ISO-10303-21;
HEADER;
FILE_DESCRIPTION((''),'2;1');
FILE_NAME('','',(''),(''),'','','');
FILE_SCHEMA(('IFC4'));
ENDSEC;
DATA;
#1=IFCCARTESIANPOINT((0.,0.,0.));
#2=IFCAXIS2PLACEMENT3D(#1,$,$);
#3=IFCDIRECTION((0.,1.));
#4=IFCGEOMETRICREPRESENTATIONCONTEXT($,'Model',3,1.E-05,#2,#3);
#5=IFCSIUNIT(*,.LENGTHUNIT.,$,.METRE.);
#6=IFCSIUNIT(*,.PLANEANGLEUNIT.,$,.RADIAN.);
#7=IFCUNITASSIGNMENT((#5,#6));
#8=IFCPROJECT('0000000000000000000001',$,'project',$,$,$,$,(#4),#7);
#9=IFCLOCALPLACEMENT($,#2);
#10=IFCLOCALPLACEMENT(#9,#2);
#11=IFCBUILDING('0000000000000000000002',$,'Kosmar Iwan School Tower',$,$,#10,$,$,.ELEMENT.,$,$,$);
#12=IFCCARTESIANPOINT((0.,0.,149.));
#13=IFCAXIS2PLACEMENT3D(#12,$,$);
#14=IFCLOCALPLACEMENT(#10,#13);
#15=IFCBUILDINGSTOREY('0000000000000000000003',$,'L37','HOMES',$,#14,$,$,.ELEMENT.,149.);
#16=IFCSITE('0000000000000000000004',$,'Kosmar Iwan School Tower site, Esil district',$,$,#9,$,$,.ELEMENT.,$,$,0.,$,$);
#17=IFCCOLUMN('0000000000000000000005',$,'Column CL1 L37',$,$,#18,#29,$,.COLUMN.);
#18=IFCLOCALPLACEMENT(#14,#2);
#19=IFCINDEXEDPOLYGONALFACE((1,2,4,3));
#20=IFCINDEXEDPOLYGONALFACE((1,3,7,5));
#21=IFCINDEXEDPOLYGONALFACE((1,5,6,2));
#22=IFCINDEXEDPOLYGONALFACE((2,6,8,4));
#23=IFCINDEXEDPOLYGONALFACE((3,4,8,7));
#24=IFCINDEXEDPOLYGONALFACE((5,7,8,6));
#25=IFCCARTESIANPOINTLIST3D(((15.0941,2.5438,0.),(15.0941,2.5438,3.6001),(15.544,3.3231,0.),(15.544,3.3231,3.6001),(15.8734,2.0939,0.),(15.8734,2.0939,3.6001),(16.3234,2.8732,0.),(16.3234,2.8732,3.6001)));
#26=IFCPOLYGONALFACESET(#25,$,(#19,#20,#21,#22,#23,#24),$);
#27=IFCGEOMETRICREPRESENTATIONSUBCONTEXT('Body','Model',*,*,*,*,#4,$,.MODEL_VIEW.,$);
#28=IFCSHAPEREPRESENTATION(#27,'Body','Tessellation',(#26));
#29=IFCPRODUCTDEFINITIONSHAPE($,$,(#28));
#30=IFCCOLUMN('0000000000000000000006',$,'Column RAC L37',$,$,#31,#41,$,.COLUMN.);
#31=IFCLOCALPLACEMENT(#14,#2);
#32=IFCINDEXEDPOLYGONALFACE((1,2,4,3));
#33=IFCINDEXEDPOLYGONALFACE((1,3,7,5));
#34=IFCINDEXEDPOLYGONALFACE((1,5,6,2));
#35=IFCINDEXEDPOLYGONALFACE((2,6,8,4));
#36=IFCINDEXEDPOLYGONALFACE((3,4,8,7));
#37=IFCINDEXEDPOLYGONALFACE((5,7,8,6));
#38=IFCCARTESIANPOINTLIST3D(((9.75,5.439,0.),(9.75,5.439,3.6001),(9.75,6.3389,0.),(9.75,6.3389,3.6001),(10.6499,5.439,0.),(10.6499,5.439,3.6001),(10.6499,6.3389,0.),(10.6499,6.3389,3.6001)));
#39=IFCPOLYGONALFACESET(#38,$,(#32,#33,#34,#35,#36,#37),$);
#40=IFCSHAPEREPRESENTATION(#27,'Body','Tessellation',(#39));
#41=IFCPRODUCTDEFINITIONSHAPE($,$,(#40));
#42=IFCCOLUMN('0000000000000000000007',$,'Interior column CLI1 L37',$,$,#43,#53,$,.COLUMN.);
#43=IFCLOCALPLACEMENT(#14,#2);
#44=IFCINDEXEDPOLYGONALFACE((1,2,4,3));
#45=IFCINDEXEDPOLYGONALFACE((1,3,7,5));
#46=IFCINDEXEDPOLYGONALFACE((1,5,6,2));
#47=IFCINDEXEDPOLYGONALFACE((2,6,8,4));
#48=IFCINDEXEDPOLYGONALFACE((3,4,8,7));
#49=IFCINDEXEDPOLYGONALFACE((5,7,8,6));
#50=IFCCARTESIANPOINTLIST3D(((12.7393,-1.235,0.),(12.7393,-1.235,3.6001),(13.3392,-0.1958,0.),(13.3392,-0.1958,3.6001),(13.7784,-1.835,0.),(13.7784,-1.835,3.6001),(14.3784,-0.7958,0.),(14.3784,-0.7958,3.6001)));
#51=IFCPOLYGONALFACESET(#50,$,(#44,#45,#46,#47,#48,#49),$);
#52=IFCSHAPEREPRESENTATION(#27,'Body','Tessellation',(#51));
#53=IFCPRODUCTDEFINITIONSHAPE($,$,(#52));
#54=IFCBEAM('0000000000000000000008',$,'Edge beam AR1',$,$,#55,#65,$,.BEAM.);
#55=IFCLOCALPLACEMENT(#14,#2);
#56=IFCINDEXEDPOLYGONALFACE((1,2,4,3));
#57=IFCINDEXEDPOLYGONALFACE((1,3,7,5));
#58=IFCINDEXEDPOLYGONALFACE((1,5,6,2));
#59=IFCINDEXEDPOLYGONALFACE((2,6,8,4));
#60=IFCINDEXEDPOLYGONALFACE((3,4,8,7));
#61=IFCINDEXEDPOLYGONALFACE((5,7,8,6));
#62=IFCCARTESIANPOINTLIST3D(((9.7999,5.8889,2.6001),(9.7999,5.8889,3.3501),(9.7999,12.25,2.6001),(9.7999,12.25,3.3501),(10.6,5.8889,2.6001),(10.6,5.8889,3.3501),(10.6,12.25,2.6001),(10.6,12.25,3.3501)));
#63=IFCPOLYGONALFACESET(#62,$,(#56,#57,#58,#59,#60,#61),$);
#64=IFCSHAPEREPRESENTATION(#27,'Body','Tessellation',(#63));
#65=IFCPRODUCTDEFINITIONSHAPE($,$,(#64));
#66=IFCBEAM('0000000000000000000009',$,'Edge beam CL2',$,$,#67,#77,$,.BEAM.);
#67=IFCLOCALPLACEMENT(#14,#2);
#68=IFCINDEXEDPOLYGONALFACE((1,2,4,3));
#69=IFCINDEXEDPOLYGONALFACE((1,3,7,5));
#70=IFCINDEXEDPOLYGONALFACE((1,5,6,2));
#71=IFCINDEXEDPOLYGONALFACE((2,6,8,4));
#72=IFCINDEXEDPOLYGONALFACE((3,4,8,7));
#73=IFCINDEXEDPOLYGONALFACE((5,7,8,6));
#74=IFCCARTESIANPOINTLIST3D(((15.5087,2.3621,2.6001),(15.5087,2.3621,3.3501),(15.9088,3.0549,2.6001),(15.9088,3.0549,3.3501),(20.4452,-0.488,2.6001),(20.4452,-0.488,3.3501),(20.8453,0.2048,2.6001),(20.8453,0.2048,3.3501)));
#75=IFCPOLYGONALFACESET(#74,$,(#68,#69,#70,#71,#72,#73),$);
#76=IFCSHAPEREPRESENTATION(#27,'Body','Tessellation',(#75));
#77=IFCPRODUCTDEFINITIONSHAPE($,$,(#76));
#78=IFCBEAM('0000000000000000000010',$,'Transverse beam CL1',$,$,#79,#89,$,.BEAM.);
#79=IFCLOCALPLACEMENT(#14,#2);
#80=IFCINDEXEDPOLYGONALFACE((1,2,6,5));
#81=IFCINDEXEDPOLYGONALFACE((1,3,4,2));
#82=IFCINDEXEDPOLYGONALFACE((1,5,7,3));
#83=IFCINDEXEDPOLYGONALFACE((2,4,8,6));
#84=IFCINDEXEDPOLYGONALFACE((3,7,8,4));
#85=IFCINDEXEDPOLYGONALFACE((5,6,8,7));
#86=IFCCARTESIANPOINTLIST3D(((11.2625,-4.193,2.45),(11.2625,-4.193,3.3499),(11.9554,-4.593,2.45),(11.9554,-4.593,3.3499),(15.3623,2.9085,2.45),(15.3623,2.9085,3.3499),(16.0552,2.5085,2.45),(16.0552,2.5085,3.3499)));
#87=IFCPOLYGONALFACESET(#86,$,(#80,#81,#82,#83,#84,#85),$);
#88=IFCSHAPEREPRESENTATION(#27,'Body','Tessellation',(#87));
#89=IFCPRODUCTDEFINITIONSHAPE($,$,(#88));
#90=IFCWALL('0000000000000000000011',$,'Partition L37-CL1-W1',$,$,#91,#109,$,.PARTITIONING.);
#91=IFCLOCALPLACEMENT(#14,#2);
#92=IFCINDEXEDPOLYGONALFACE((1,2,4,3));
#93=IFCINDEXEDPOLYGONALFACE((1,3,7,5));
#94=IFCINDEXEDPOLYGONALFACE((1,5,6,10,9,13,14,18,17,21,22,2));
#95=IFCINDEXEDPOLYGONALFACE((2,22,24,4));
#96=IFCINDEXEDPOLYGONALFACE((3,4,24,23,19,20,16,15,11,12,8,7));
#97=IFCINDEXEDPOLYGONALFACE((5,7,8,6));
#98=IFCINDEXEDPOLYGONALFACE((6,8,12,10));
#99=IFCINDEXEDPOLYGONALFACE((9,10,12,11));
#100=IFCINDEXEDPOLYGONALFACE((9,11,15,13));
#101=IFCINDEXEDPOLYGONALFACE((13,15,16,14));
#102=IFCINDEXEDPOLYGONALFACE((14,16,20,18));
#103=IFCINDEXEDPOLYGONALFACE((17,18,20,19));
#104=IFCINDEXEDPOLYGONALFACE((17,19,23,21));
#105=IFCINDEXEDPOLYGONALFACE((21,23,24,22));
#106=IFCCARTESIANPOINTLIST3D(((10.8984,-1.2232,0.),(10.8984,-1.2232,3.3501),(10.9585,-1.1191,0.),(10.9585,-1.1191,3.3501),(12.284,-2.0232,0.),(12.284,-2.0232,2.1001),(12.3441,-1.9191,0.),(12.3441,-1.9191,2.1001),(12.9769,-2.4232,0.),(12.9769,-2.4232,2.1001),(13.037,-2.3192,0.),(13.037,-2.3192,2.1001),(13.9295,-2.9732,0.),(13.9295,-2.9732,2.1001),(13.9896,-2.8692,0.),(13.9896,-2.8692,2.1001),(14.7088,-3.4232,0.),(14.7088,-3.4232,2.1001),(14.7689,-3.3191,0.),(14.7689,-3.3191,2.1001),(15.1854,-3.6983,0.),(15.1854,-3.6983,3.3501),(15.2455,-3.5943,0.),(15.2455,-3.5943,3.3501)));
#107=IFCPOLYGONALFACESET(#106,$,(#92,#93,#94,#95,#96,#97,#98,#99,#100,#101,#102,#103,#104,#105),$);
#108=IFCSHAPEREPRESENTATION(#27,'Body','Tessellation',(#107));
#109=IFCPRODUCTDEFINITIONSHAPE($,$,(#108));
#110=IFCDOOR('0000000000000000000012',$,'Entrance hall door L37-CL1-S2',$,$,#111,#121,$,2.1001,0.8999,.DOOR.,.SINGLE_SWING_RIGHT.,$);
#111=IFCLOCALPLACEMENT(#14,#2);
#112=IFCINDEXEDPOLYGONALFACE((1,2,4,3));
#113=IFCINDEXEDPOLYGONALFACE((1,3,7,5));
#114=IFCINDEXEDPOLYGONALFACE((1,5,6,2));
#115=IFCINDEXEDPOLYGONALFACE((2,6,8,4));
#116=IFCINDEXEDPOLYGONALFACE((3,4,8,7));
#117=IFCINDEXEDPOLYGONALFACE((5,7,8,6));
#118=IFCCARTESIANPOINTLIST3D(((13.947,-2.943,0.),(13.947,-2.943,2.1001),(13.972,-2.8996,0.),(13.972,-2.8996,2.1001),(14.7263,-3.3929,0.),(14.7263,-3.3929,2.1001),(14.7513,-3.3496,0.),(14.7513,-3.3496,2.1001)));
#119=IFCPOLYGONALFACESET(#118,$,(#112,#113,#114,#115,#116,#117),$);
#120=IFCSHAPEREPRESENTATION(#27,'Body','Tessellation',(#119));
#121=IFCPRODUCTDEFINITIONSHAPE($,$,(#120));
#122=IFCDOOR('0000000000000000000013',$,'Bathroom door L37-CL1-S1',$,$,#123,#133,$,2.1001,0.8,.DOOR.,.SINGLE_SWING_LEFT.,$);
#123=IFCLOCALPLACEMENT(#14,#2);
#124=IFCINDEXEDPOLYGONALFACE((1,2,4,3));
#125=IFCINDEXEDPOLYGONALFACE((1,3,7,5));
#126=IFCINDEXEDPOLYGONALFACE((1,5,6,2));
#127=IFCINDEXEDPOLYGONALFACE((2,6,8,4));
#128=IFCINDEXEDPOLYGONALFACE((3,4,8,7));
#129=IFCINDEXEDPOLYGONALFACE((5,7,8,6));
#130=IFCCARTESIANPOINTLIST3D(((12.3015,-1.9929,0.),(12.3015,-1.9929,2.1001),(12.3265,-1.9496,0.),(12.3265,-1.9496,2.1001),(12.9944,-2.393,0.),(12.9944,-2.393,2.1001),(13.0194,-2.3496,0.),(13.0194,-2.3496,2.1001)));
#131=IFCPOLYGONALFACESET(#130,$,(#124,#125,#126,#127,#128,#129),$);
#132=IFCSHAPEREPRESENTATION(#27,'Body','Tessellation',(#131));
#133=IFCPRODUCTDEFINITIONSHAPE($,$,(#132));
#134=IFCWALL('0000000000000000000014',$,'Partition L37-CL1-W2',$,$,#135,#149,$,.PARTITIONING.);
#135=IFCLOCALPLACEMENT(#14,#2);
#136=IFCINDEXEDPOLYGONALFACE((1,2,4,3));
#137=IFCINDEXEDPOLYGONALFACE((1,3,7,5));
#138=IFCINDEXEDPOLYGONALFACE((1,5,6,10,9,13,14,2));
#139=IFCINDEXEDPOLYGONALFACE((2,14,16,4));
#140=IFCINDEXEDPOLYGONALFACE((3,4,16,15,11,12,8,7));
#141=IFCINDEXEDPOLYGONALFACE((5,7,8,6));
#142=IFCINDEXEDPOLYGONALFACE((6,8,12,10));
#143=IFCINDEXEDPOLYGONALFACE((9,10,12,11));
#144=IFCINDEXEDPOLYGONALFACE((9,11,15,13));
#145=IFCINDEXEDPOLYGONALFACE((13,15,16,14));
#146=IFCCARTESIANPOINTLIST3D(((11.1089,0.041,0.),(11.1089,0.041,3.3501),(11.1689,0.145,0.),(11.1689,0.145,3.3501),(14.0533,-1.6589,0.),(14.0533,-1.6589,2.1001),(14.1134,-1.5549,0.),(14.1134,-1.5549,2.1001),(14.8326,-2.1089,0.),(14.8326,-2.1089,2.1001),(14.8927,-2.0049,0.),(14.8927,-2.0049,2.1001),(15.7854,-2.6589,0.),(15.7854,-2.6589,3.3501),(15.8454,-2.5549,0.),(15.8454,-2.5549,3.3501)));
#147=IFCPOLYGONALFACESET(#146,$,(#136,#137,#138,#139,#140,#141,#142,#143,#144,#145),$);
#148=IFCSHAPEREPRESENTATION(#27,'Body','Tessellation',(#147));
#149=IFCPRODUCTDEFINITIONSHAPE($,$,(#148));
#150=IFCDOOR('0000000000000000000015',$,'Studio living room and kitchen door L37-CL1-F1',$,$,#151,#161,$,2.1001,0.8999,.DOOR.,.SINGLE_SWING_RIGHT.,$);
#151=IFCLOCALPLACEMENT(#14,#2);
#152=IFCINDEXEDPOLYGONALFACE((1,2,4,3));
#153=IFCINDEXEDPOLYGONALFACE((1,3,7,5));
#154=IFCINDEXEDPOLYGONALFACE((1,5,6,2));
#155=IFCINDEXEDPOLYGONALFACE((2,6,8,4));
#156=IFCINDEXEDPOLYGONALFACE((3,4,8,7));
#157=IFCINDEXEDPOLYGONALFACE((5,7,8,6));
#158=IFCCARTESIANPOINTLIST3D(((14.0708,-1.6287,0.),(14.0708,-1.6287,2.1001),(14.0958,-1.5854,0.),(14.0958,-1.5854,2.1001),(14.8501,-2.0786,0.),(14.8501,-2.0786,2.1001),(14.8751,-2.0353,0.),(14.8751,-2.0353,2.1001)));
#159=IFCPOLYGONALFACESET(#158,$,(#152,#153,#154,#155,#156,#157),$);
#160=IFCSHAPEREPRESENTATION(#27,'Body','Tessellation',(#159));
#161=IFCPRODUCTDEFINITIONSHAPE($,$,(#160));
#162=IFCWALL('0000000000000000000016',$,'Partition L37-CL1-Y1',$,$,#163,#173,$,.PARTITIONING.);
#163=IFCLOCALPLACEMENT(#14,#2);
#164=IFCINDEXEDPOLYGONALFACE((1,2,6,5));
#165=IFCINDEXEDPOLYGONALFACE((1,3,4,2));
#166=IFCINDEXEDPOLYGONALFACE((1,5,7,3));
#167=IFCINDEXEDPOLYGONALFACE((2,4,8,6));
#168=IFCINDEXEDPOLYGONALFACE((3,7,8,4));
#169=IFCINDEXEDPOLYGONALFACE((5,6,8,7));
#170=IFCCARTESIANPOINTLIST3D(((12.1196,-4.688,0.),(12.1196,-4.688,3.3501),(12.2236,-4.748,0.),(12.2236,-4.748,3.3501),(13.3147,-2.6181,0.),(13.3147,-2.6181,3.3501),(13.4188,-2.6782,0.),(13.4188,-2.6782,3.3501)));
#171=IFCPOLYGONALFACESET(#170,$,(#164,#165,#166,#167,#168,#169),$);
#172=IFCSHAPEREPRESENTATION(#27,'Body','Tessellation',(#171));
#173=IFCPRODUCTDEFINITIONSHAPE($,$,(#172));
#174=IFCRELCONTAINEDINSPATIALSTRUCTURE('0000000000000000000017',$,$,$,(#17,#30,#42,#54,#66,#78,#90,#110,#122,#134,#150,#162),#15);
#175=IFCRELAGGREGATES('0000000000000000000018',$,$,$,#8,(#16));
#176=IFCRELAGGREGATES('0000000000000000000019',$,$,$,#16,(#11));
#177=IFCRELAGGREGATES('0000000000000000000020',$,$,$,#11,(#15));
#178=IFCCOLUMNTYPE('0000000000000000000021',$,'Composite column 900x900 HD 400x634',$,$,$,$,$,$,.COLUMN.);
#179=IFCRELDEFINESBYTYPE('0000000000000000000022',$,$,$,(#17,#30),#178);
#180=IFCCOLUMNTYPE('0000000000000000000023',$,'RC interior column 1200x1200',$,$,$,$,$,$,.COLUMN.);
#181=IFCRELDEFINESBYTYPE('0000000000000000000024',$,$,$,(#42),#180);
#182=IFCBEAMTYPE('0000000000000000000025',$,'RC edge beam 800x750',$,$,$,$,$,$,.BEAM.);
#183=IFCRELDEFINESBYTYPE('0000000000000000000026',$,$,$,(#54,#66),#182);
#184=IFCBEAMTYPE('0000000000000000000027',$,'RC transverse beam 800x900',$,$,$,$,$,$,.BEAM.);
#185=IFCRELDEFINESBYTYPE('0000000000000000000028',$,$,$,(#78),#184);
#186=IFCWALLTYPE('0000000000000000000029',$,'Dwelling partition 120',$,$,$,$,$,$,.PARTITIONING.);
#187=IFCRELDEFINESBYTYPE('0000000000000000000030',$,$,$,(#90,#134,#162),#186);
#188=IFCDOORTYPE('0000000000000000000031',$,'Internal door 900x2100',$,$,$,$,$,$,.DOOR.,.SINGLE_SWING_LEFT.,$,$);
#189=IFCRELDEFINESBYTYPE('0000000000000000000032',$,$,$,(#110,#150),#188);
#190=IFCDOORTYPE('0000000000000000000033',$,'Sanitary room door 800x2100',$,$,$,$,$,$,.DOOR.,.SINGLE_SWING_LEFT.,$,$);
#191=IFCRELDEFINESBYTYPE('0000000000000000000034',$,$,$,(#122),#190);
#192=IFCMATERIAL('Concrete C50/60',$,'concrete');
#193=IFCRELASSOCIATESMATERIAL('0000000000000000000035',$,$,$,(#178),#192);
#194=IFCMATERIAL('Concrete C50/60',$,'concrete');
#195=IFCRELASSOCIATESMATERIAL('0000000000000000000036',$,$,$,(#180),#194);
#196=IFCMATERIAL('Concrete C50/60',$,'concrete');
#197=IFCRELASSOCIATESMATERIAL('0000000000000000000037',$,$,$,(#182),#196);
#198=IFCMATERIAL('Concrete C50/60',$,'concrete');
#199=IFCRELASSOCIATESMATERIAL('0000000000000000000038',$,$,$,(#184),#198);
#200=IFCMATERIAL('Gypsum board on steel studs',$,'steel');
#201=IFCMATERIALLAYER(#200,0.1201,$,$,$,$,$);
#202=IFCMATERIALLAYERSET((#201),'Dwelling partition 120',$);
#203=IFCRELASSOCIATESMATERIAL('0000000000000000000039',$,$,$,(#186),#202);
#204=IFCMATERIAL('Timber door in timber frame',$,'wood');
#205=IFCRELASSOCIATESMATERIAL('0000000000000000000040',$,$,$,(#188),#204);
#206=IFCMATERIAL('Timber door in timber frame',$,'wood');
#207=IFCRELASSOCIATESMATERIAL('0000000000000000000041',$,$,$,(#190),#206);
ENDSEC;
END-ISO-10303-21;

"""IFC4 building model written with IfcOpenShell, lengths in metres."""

from ifc_helpers import new_model, si_unit, direction, frame, frame_2d, origin, origin_2d, place, context, subcontext, project, spatial, rectangle, extrude, material, layer, layer_set, material_profile, profile_set, type_object, element, fill, save


model = new_model("IFC4")

# Units and contexts
model_context = context("Model", 3, precision=1e-05, world=origin(), true_north=direction((0.0, 1.0)))
body_context = subcontext(model_context, "Body", "Model", "MODEL_VIEW")
ifc_project = project(units=[si_unit("LENGTHUNIT", "METRE"), si_unit("PLANEANGLEUNIT", "RADIAN")], contexts=[model_context])

# Site, building, storey
site_placement = place(None, origin())
site = spatial("IfcSite", under=ifc_project, at=site_placement, Name="Kosmar Iwan School Tower site, Esil district", CompositionType="ELEMENT", RefElevation=0.0)
building_placement = place(site_placement, origin())
building = spatial("IfcBuilding", under=site, at=building_placement, Name="Kosmar Iwan School Tower", CompositionType="ELEMENT")
storey_placement = place(building_placement, frame((0.0, 0.0, 149.0)))
storey = spatial("IfcBuildingStorey", under=building, at=storey_placement, Name="L37", Description="HOMES", CompositionType="ELEMENT", Elevation=149.0)

# Columns
ifc_material_1 = material(Name="Concrete C50/60", Category="concrete")
ifc_material_profile_1 = material_profile(ifc_material_1, rectangle(XDim=0.8999, YDim=0.8999, at=origin_2d()), Name="RC 900x900 + HD 400x634")
ifc_profile_set_1 = profile_set([ifc_material_profile_1], Name="Concrete C50/60")
column_type_1 = type_object("IfcColumnType", Name="Composite column 900x900 HD 400x634", PredefinedType="COLUMN", material=ifc_profile_set_1)
for number, where, z_axis, x_axis, name in (
    (1, (15.7087, 2.7085, 0.0), (0.0, 0.0, 1.0), (0.866025, -0.5, 0.0), "Column CL1 L37"),
    (2, (10.2, 5.8889, 0.0), (0.0, 0.0, 1.0), (1.0, 0.0, 0.0), "Column RAC L37"),
):
    element("IfcColumn", number, at=place(storey_placement, frame(where, z_axis=z_axis, x_axis=x_axis)), inside=storey, type_object=column_type_1, Name=name, PredefinedType="COLUMN", context=body_context, shape_type="SweptSolid", body=[
        extrude(rectangle(XDim=0.8999, YDim=0.8999, at=origin_2d()), origin(), (0.0, 0.0, 1.0), 3.6001),
    ])
ifc_material_2 = material(Name="Concrete C50/60", Category="concrete")
ifc_material_profile_2 = material_profile(ifc_material_2, rectangle(XDim=1.2, YDim=1.2, at=origin_2d()), Name="RC 1200x1200")
ifc_profile_set_2 = profile_set([ifc_material_profile_2], Name="Concrete C50/60")
column_type_2 = type_object("IfcColumnType", Name="RC interior column 1200x1200", PredefinedType="COLUMN", material=ifc_profile_set_2)
column_placement = place(storey_placement, frame((13.5588, -1.0154, 0.0), z_axis=(0.0, 0.0, 1.0), x_axis=(0.866025, -0.5, 0.0)))
element("IfcColumn", 3, at=column_placement, inside=storey, type_object=column_type_2, Name="Interior column CLI1 L37", PredefinedType="COLUMN", context=body_context, shape_type="SweptSolid", body=[
    extrude(rectangle(XDim=1.2, YDim=1.2, at=origin_2d()), origin(), (0.0, 0.0, 1.0), 3.6001),
])

# Beams
ifc_material_3 = material(Name="Concrete C50/60", Category="concrete")
ifc_material_profile_3 = material_profile(ifc_material_3, rectangle(XDim=0.8, YDim=0.75, at=origin_2d()), Name="RC 800x750")
ifc_profile_set_3 = profile_set([ifc_material_profile_3], Name="Concrete C50/60")
beam_type_1 = type_object("IfcBeamType", Name="RC edge beam 800x750", PredefinedType="BEAM", material=ifc_profile_set_3)
beam_1_placement = place(storey_placement, frame((10.2, 5.8889, 2.9751), z_axis=(0.0, 1.0, 0.0), x_axis=(-1.0, 0.0, 0.0)))
element("IfcBeam", 4, at=beam_1_placement, inside=storey, type_object=beam_type_1, Name="Edge beam AR1", PredefinedType="BEAM", context=body_context, shape_type="SweptSolid", body=[
    extrude(rectangle(XDim=0.8, YDim=0.75, at=origin_2d()), origin(), (0.0, 0.0, 1.0), 6.3611),
])
beam_2_placement = place(storey_placement, frame((15.7087, 2.7085, 2.9751), z_axis=(0.866026, -0.499999, 0.0), x_axis=(0.499999, 0.866026, 0.0)))
element("IfcBeam", 5, at=beam_2_placement, inside=storey, type_object=beam_type_1, Name="Edge beam CL2", PredefinedType="BEAM", context=body_context, shape_type="SweptSolid", body=[
    extrude(rectangle(XDim=0.8, YDim=0.75, at=origin_2d()), origin(), (0.0, 0.0, 1.0), 5.7002),
])
ifc_material_4 = material(Name="Concrete C50/60", Category="concrete")
ifc_material_profile_4 = material_profile(ifc_material_4, rectangle(XDim=0.8, YDim=0.8999, at=origin_2d()), Name="RC 800x900")
ifc_profile_set_4 = profile_set([ifc_material_profile_4], Name="Concrete C50/60")
beam_type_2 = type_object("IfcBeamType", Name="RC transverse beam 800x900", PredefinedType="BEAM", material=ifc_profile_set_4)
beam_3_placement = place(storey_placement, frame((15.7087, 2.7085, 2.8999), z_axis=(-0.499978, -0.866038, 0.0), x_axis=(0.866038, -0.499978, 0.0)))
element("IfcBeam", 6, at=beam_3_placement, inside=storey, type_object=beam_type_2, Name="Transverse beam CL1", PredefinedType="BEAM", context=body_context, shape_type="SweptSolid", body=[
    extrude(rectangle(XDim=0.8, YDim=0.8999, at=origin_2d()), origin(), (0.0, 0.0, 1.0), 8.2),
])

# Wall, openings, doors
ifc_material_5 = material(Name="Gypsum board on steel studs", Category="steel")
ifc_layer_1 = layer(ifc_material_5, 0.1201)
ifc_layer_set_1 = layer_set([ifc_layer_1], Name="Dwelling partition 120")
wall_type_1 = type_object("IfcWallType", Name="Dwelling partition 120", PredefinedType="PARTITIONING", material=ifc_layer_set_1)
wall_1_placement = place(storey_placement, frame((10.9285, -1.1711, 0.0), z_axis=(0.0, 0.0, 1.0), x_axis=(0.866019, -0.500011, 0.0)))
wall_1 = element("IfcWall", 7, at=wall_1_placement, inside=storey, type_object=wall_type_1, Name="Partition L37-CL1-W1", PredefinedType="PARTITIONING", context=body_context, shape_type="SweptSolid", body=[
    extrude(rectangle(XDim=4.9502, YDim=0.1201, at=frame_2d((2.4751, 0.0))), origin(), (0.0, 0.0, 1.0), 3.3501),
])
opening_1_placement = place(wall_1_placement, frame((1.6001, 0.0, 0.0)))
opening_1 = element("IfcOpeningElement", 8, at=opening_1_placement, cuts=wall_1, PredefinedType="OPENING", context=body_context, shape_type="SweptSolid", body=[
    extrude(rectangle(XDim=0.8, YDim=2.1001, at=frame_2d((0.3999, 1.05))), frame((0.0, 0.072, 0.0), z_axis=(0.0, -1.0, 0.0), x_axis=(1.0, 0.0, 0.0)), (0.0, 0.0, 1.0), 0.144),
])
opening_2_placement = place(wall_1_placement, frame((3.5, 0.0, 0.0)))
opening_2 = element("IfcOpeningElement", 9, at=opening_2_placement, cuts=wall_1, PredefinedType="OPENING", context=body_context, shape_type="SweptSolid", body=[
    extrude(rectangle(XDim=0.8999, YDim=2.1001, at=frame_2d((0.45, 1.05))), frame((0.0, 0.072, 0.0), z_axis=(0.0, -1.0, 0.0), x_axis=(1.0, 0.0, 0.0)), (0.0, 0.0, 1.0), 0.144),
])
ifc_material_6 = material(Name="Timber door in timber frame", Category="wood")
door_type_1 = type_object("IfcDoorType", Name="Internal door 900x2100", OperationType="SINGLE_SWING_LEFT", PredefinedType="DOOR", material=ifc_material_6)
door_1_placement = place(opening_2_placement, origin())
door_1 = element("IfcDoor", 10, at=door_1_placement, inside=storey, type_object=door_type_1, Name="Entrance hall door L37-CL1-S2", OperationType="SINGLE_SWING_RIGHT", OverallHeight=2.1001, OverallWidth=0.8999, PredefinedType="DOOR", context=body_context, shape_type="SweptSolid", body=[
    extrude(rectangle(XDim=0.8999, YDim=2.1001, at=frame_2d((0.45, 1.05))), frame((0.0, 0.0249, 0.0), z_axis=(0.0, -1.0, 0.0), x_axis=(1.0, 0.0, 0.0)), (0.0, 0.0, 1.0), 0.05),
])
fill(opening_2, door_1)
ifc_material_7 = material(Name="Timber door in timber frame", Category="wood")
door_type_2 = type_object("IfcDoorType", Name="Sanitary room door 800x2100", OperationType="SINGLE_SWING_LEFT", PredefinedType="DOOR", material=ifc_material_7)
door_2_placement = place(opening_1_placement, origin())
door_2 = element("IfcDoor", 11, at=door_2_placement, inside=storey, type_object=door_type_2, Name="Bathroom door L37-CL1-S1", OperationType="SINGLE_SWING_LEFT", OverallHeight=2.1001, OverallWidth=0.8, PredefinedType="DOOR", context=body_context, shape_type="SweptSolid", body=[
    extrude(rectangle(XDim=0.8, YDim=2.1001, at=frame_2d((0.3999, 1.05))), frame((0.0, 0.0249, 0.0), z_axis=(0.0, -1.0, 0.0), x_axis=(1.0, 0.0, 0.0)), (0.0, 0.0, 1.0), 0.05),
])
fill(opening_1, door_2)

# Wall, opening, door
wall_2_placement = place(storey_placement, frame((11.1389, 0.093, 0.0), z_axis=(0.0, 0.0, 1.0), x_axis=(0.866028, -0.499995, 0.0)))
wall_2 = element("IfcWall", 12, at=wall_2_placement, inside=storey, type_object=wall_type_1, Name="Partition L37-CL1-W2", PredefinedType="PARTITIONING", context=body_context, shape_type="SweptSolid", body=[
    extrude(rectangle(XDim=5.3999, YDim=0.1201, at=frame_2d((2.7, 0.0))), origin(), (0.0, 0.0, 1.0), 3.3501),
])
opening_3_placement = place(wall_2_placement, frame((3.3999, 0.0, 0.0)))
opening_3 = element("IfcOpeningElement", 13, at=opening_3_placement, cuts=wall_2, PredefinedType="OPENING", context=body_context, shape_type="SweptSolid", body=[
    extrude(rectangle(XDim=0.8999, YDim=2.1001, at=frame_2d((0.45, 1.05))), frame((0.0, 0.072, 0.0), z_axis=(0.0, -1.0, 0.0), x_axis=(1.0, 0.0, 0.0)), (0.0, 0.0, 1.0), 0.144),
])
door_3_placement = place(opening_3_placement, origin())
door_3 = element("IfcDoor", 14, at=door_3_placement, inside=storey, type_object=door_type_1, Name="Studio living room and kitchen door L37-CL1-F1", OperationType="SINGLE_SWING_RIGHT", OverallHeight=2.1001, OverallWidth=0.8999, PredefinedType="DOOR", context=body_context, shape_type="SweptSolid", body=[
    extrude(rectangle(XDim=0.8999, YDim=2.1001, at=frame_2d((0.45, 1.05))), frame((0.0, 0.0249, 0.0), z_axis=(0.0, -1.0, 0.0), x_axis=(1.0, 0.0, 0.0)), (0.0, 0.0, 1.0), 0.05),
])
fill(opening_3, door_3)

# Wall
wall_3_placement = place(storey_placement, frame((12.1716, -4.718, 0.0), z_axis=(0.0, 0.0, 1.0), x_axis=(0.500017, 0.866015, 0.0)))
element("IfcWall", 15, at=wall_3_placement, inside=storey, type_object=wall_type_1, Name="Partition L37-CL1-Y1", PredefinedType="PARTITIONING", context=body_context, shape_type="SweptSolid", body=[
    extrude(rectangle(XDim=2.3901, YDim=0.1201, at=frame_2d((1.1951, 0.0))), origin(), (0.0, 0.0, 1.0), 3.3501),
])

save(model, "model.ifc")
